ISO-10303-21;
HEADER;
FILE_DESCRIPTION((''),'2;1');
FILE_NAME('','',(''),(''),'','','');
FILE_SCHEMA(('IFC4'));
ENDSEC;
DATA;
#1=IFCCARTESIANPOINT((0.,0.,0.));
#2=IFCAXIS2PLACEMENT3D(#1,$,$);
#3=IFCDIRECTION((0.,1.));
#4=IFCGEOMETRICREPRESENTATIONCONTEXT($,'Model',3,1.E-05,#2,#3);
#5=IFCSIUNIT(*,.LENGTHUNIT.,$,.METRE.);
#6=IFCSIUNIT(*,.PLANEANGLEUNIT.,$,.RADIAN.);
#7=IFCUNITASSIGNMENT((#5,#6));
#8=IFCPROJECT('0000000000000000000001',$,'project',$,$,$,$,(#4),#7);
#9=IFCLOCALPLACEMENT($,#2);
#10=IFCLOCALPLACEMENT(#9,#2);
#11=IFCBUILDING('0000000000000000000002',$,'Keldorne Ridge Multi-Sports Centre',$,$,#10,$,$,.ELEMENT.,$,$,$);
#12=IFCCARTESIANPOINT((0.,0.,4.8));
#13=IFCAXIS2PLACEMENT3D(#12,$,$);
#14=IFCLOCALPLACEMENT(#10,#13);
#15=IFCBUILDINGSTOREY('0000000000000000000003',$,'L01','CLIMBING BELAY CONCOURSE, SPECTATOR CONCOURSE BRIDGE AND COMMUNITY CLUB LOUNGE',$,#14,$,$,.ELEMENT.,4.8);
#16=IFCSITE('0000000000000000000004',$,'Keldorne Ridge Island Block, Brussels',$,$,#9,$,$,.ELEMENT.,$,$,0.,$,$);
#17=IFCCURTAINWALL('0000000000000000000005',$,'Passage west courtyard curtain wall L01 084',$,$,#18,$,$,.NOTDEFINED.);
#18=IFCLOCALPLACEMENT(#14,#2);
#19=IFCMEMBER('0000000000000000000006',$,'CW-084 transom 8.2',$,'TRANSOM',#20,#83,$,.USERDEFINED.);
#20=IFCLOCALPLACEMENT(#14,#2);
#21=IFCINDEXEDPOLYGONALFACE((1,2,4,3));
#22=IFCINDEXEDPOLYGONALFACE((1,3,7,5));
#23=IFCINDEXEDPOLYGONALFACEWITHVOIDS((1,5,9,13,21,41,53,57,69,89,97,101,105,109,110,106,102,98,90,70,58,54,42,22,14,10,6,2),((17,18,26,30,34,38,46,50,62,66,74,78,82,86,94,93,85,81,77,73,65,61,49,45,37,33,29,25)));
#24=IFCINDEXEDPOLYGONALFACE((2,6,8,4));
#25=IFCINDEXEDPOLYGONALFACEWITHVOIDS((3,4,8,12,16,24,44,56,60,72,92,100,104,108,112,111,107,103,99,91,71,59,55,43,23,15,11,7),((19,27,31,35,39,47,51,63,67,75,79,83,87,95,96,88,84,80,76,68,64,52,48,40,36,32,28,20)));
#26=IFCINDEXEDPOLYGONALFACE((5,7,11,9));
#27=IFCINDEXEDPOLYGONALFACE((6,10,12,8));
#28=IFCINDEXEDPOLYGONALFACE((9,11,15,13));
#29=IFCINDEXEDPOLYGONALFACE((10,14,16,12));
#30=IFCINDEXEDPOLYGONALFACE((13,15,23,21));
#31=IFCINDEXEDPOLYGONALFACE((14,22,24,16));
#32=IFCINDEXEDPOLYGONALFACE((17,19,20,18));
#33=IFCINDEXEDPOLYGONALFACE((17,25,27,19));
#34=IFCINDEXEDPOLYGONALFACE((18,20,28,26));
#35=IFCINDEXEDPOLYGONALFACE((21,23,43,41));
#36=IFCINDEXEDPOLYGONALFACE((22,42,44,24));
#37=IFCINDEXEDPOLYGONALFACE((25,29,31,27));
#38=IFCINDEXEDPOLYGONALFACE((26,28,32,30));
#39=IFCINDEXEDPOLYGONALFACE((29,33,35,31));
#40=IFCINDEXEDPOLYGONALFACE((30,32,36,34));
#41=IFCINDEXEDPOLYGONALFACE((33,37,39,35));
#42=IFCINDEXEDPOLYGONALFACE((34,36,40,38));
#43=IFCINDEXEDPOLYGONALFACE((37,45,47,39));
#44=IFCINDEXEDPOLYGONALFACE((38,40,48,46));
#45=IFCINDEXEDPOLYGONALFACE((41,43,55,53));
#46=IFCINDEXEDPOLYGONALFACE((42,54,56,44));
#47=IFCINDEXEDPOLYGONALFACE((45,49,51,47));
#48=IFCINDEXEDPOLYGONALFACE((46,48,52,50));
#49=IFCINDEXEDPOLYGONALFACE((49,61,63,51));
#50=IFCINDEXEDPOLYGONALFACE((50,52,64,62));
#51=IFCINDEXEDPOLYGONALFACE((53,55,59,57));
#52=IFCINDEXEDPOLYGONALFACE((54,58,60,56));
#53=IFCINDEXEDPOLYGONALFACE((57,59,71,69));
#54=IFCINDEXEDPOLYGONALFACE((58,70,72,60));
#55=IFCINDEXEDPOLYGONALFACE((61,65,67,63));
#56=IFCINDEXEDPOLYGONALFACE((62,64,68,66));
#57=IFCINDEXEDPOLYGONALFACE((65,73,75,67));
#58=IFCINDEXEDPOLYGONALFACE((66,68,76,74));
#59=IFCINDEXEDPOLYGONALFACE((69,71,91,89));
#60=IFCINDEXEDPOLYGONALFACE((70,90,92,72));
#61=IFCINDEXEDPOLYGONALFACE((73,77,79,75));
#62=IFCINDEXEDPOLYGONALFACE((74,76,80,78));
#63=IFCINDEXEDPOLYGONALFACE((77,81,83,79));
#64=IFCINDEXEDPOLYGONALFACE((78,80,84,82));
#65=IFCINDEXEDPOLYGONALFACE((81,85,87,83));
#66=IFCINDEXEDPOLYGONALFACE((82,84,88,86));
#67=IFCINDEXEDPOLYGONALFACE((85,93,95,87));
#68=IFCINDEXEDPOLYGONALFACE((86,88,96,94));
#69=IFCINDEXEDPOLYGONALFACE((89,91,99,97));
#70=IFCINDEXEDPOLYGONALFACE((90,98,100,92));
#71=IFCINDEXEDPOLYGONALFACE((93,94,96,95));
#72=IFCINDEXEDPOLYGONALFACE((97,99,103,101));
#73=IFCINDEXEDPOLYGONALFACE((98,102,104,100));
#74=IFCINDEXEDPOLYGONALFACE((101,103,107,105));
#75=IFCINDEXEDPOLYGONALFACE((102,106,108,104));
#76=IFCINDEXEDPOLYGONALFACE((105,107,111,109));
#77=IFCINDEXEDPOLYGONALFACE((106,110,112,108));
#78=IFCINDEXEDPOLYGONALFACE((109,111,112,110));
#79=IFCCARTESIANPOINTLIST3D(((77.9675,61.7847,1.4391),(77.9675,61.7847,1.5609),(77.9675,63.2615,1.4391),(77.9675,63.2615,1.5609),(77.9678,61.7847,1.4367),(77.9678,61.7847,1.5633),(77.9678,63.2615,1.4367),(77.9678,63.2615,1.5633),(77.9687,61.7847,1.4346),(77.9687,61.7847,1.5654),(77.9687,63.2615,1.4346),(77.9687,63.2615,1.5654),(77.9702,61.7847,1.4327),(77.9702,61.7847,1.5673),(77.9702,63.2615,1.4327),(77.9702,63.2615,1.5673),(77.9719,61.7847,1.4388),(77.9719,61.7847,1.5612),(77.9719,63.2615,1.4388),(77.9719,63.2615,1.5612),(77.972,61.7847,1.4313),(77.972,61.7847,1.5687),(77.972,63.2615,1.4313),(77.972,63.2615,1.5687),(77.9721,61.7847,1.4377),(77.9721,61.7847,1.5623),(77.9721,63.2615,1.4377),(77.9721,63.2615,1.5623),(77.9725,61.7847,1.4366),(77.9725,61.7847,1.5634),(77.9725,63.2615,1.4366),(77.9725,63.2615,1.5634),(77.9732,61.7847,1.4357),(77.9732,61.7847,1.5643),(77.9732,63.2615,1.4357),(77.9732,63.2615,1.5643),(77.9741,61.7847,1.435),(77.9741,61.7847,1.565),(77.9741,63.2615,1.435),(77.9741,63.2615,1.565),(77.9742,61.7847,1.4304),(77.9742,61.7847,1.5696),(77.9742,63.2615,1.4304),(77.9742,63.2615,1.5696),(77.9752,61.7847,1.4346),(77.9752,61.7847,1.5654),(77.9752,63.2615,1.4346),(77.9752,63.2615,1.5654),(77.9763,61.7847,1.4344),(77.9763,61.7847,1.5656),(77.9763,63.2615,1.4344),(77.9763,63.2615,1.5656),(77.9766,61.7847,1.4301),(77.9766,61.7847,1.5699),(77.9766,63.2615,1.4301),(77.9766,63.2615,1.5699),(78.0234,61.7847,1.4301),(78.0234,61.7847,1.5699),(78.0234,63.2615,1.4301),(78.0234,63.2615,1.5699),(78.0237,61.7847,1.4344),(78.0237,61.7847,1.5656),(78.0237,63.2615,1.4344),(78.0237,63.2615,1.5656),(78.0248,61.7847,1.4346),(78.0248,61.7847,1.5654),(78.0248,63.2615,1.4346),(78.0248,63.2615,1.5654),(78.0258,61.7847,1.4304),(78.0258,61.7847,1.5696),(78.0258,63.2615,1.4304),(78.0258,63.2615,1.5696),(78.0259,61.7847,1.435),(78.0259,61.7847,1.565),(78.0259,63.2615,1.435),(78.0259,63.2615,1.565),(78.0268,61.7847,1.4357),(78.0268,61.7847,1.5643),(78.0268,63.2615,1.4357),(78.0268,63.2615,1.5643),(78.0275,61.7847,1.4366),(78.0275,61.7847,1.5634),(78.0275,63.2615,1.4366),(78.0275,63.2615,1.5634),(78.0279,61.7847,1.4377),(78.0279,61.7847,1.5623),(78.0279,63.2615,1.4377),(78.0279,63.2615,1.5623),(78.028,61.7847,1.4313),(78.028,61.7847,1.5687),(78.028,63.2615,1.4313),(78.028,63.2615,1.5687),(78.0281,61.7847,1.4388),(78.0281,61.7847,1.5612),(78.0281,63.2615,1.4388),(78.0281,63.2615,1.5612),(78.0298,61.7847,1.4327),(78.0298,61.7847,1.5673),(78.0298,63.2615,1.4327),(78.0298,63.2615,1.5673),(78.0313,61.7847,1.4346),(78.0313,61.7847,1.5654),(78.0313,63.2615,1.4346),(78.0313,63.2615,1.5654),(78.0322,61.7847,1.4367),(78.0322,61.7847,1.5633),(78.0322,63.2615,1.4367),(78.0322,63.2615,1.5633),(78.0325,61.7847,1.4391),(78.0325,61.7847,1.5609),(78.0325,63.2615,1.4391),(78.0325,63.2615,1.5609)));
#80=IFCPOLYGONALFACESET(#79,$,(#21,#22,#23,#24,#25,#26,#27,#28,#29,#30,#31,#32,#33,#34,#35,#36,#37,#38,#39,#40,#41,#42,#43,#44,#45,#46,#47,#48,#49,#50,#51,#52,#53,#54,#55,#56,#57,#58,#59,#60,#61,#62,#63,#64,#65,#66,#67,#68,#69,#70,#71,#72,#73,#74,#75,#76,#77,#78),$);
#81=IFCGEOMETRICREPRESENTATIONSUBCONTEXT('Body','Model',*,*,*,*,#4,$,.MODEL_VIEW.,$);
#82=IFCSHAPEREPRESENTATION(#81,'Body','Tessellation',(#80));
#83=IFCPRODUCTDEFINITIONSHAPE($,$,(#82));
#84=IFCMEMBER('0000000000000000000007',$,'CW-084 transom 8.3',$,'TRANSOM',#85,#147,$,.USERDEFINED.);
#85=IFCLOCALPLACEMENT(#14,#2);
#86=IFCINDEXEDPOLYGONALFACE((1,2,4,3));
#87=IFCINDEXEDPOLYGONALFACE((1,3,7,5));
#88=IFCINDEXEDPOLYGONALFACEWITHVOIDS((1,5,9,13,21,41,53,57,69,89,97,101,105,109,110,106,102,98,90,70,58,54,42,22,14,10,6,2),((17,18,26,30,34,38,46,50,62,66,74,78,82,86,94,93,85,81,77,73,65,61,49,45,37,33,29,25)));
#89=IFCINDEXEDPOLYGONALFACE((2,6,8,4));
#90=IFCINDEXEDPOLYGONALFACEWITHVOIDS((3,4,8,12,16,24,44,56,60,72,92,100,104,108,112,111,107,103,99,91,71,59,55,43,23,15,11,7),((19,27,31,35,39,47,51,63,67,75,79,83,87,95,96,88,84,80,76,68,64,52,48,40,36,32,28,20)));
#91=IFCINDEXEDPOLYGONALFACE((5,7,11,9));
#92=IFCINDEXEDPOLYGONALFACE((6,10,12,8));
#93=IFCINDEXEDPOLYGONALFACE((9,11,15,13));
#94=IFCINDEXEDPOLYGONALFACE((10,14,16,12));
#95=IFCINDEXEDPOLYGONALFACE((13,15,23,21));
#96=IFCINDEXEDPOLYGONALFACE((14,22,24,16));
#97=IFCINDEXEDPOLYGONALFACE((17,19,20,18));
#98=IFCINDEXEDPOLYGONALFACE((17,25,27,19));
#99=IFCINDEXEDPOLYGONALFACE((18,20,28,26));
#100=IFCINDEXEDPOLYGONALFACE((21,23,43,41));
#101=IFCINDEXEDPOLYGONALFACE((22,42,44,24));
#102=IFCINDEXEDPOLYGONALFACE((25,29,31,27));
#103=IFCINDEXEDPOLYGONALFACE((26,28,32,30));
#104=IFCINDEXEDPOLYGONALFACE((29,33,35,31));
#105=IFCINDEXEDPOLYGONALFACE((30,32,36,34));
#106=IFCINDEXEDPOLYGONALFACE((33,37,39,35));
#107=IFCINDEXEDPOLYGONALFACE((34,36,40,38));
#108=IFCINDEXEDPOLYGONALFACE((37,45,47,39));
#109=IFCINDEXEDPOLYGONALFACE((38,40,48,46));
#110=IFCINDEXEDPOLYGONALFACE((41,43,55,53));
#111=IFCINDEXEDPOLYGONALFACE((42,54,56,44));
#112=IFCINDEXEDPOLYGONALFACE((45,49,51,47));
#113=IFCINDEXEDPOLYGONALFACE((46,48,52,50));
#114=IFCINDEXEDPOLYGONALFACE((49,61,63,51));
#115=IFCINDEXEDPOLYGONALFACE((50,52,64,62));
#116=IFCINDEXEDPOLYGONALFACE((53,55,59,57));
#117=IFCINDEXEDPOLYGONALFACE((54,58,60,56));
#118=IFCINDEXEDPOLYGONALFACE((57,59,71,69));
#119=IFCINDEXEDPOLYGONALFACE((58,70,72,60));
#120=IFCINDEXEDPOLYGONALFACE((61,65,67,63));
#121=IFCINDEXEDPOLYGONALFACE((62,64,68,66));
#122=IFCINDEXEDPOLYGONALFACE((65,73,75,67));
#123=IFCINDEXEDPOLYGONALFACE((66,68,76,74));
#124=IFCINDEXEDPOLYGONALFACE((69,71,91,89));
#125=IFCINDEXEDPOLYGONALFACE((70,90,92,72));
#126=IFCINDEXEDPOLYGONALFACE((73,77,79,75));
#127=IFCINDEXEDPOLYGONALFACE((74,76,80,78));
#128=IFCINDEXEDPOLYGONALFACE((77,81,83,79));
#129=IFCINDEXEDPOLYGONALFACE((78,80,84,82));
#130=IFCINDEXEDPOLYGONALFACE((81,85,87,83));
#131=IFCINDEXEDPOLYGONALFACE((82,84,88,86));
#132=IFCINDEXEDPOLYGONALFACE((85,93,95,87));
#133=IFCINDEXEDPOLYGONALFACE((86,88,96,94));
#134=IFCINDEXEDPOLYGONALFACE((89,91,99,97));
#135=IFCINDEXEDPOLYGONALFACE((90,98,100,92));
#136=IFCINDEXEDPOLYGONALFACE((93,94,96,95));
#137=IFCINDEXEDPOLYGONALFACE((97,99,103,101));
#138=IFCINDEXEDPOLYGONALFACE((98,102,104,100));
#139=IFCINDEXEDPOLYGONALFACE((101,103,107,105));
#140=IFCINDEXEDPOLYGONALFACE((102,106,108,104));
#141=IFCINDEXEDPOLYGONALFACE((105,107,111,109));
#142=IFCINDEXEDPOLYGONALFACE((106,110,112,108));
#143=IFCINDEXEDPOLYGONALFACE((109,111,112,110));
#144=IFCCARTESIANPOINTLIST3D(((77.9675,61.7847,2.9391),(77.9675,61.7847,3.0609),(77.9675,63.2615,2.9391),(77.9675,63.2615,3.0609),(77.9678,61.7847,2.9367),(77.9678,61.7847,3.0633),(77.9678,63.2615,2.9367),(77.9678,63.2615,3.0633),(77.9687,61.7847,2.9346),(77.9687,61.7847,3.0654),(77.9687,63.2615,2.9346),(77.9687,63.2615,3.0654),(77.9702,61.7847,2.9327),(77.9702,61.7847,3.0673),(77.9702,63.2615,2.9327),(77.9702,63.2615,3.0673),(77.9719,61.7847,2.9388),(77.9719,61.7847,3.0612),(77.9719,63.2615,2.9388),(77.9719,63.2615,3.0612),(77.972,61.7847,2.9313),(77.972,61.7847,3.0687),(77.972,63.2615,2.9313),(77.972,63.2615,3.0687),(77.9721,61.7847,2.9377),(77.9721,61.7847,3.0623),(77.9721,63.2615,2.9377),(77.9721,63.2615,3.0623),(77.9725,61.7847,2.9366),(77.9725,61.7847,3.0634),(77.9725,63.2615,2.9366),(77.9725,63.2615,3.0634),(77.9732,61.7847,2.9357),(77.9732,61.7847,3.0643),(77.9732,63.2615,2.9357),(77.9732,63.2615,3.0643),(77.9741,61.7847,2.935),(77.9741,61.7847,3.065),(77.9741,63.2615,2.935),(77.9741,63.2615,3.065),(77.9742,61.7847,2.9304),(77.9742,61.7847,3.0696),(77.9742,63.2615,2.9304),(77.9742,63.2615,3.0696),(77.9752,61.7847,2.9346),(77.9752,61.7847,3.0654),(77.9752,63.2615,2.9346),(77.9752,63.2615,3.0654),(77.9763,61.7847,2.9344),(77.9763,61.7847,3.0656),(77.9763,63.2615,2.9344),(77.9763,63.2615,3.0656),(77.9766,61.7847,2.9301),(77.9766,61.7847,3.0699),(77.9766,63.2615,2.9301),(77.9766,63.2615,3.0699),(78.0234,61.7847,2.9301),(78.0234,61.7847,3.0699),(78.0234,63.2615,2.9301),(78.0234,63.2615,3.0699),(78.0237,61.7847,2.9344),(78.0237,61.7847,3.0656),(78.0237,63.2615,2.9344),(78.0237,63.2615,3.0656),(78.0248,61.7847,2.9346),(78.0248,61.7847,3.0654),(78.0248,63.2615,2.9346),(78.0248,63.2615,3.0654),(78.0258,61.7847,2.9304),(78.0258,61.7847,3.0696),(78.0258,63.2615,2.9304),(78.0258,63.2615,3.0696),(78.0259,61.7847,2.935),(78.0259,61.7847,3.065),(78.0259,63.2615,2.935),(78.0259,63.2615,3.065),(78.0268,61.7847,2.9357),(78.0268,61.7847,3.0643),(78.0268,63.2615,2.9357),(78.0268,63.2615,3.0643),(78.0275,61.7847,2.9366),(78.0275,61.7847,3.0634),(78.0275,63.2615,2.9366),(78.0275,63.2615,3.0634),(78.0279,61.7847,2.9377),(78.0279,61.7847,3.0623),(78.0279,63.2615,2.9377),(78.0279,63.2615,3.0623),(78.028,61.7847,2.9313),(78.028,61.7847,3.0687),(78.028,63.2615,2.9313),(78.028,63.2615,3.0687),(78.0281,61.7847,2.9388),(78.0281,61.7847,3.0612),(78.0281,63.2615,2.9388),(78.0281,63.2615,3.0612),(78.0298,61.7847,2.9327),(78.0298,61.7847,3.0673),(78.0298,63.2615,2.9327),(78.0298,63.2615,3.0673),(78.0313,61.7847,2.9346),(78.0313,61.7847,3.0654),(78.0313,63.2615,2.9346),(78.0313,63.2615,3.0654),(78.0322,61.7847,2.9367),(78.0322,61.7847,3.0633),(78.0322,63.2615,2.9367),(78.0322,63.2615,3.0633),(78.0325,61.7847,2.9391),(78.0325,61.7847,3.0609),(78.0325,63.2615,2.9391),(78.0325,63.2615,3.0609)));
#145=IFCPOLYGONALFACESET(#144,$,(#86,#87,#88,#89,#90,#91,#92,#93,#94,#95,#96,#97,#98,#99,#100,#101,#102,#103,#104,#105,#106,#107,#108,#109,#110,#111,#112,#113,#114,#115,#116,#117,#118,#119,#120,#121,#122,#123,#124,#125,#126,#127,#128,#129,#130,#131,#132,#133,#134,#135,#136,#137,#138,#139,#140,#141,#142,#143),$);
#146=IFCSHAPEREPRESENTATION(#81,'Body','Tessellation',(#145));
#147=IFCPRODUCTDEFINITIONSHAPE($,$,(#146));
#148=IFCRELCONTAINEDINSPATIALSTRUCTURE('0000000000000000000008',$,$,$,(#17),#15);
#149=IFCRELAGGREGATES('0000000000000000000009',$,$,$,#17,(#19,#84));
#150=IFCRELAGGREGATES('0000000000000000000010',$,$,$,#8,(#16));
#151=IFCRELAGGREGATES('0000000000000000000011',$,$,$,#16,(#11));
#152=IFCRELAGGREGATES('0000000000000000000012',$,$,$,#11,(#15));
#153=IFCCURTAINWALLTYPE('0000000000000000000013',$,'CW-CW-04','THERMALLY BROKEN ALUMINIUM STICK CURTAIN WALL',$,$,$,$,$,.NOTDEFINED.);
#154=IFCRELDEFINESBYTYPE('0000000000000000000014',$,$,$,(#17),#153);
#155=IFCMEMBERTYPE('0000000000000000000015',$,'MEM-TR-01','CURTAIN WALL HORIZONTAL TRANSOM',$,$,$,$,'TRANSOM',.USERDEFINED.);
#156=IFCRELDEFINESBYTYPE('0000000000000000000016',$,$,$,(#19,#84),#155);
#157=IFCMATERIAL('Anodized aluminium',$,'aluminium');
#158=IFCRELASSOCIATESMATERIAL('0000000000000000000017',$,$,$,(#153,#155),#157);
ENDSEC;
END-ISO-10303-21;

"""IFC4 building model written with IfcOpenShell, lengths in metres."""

from ifc_helpers import new_model, si_unit, direction, frame, origin, origin_2d, place, context, subcontext, project, spatial, hollow_rectangle, extrude, material, material_profile, profile_set, type_object, element, aggregate, save


model = new_model("IFC4")

# Units and contexts
model_context = context("Model", 3, precision=1e-05, world=origin(), true_north=direction((0.0, 1.0)))
body_context = subcontext(model_context, "Body", "Model", "MODEL_VIEW")
ifc_project = project(units=[si_unit("LENGTHUNIT", "METRE"), si_unit("PLANEANGLEUNIT", "RADIAN")], contexts=[model_context])

# Site, building, storey
site_placement = place(None, origin())
site = spatial("IfcSite", under=ifc_project, at=site_placement, Name="Keldorne Ridge Island Block, Brussels", CompositionType="ELEMENT", RefElevation=0.0)
building_placement = place(site_placement, origin())
building = spatial("IfcBuilding", under=site, at=building_placement, Name="Keldorne Ridge Multi-Sports Centre", CompositionType="ELEMENT")
storey_placement = place(building_placement, frame((0.0, 0.0, 4.8)))
storey = spatial("IfcBuildingStorey", under=building, at=storey_placement, Name="L01", Description="CLIMBING BELAY CONCOURSE, SPECTATOR CONCOURSE BRIDGE AND COMMUNITY CLUB LOUNGE", CompositionType="ELEMENT", Elevation=4.8)

# Curtain wall, members
ifc_material_1 = material(Name="Anodized aluminium", Category="aluminium")
curtain_wall_type = type_object("IfcCurtainWallType", Name="CW-CW-04", Description="THERMALLY BROKEN ALUMINIUM STICK CURTAIN WALL", PredefinedType="NOTDEFINED", material=ifc_material_1)
curtain_wall_placement = place(storey_placement, origin())
curtain_wall = element("IfcCurtainWall", 1, at=curtain_wall_placement, inside=storey, type_object=curtain_wall_type, Name="Passage west courtyard curtain wall L01 084", PredefinedType="NOTDEFINED")
ifc_material_profile_1 = material_profile(ifc_material_1, hollow_rectangle(XDim=0.0649, YDim=0.1399, WallThickness=0.0044, InnerFilletRadius=0.0044, OuterFilletRadius=0.009, at=origin_2d()), Name="ALU TRANSOM 140x65x4.5")
ifc_profile_set_1 = profile_set([ifc_material_profile_1], Name="Anodized aluminium")
member_type_1 = type_object("IfcMemberType", Name="MEM-TR-01", Description="CURTAIN WALL HORIZONTAL TRANSOM", ElementType="TRANSOM", PredefinedType="USERDEFINED", material=ifc_profile_set_1)
member_1_placement = place(storey_placement, frame((78.0, 63.2615, 1.5), z_axis=(0.0, -1.0, 0.0), x_axis=(1.0, 0.0, 0.0)))
member_1 = element("IfcMember", 2, at=member_1_placement, type_object=member_type_1, Name="CW-084 transom 8.2", ObjectType="TRANSOM", PredefinedType="USERDEFINED", context=body_context, shape_type="SweptSolid", body=[
    extrude(hollow_rectangle(XDim=0.0649, YDim=0.1399, WallThickness=0.0044, InnerFilletRadius=0.0044, OuterFilletRadius=0.009, at=origin_2d()), origin(), (0.0, 0.0, 1.0), 1.4768),
])
member_2_placement = place(storey_placement, frame((78.0, 63.2615, 3.0), z_axis=(0.0, -1.0, 0.0), x_axis=(1.0, 0.0, 0.0)))
member_2 = element("IfcMember", 3, at=member_2_placement, type_object=member_type_1, Name="CW-084 transom 8.3", ObjectType="TRANSOM", PredefinedType="USERDEFINED", context=body_context, shape_type="SweptSolid", body=[
    extrude(hollow_rectangle(XDim=0.0649, YDim=0.1399, WallThickness=0.0044, InnerFilletRadius=0.0044, OuterFilletRadius=0.009, at=origin_2d()), origin(), (0.0, 0.0, 1.0), 1.4768),
])
aggregate(curtain_wall, [member_1, member_2])

save(model, "model.ifc")
